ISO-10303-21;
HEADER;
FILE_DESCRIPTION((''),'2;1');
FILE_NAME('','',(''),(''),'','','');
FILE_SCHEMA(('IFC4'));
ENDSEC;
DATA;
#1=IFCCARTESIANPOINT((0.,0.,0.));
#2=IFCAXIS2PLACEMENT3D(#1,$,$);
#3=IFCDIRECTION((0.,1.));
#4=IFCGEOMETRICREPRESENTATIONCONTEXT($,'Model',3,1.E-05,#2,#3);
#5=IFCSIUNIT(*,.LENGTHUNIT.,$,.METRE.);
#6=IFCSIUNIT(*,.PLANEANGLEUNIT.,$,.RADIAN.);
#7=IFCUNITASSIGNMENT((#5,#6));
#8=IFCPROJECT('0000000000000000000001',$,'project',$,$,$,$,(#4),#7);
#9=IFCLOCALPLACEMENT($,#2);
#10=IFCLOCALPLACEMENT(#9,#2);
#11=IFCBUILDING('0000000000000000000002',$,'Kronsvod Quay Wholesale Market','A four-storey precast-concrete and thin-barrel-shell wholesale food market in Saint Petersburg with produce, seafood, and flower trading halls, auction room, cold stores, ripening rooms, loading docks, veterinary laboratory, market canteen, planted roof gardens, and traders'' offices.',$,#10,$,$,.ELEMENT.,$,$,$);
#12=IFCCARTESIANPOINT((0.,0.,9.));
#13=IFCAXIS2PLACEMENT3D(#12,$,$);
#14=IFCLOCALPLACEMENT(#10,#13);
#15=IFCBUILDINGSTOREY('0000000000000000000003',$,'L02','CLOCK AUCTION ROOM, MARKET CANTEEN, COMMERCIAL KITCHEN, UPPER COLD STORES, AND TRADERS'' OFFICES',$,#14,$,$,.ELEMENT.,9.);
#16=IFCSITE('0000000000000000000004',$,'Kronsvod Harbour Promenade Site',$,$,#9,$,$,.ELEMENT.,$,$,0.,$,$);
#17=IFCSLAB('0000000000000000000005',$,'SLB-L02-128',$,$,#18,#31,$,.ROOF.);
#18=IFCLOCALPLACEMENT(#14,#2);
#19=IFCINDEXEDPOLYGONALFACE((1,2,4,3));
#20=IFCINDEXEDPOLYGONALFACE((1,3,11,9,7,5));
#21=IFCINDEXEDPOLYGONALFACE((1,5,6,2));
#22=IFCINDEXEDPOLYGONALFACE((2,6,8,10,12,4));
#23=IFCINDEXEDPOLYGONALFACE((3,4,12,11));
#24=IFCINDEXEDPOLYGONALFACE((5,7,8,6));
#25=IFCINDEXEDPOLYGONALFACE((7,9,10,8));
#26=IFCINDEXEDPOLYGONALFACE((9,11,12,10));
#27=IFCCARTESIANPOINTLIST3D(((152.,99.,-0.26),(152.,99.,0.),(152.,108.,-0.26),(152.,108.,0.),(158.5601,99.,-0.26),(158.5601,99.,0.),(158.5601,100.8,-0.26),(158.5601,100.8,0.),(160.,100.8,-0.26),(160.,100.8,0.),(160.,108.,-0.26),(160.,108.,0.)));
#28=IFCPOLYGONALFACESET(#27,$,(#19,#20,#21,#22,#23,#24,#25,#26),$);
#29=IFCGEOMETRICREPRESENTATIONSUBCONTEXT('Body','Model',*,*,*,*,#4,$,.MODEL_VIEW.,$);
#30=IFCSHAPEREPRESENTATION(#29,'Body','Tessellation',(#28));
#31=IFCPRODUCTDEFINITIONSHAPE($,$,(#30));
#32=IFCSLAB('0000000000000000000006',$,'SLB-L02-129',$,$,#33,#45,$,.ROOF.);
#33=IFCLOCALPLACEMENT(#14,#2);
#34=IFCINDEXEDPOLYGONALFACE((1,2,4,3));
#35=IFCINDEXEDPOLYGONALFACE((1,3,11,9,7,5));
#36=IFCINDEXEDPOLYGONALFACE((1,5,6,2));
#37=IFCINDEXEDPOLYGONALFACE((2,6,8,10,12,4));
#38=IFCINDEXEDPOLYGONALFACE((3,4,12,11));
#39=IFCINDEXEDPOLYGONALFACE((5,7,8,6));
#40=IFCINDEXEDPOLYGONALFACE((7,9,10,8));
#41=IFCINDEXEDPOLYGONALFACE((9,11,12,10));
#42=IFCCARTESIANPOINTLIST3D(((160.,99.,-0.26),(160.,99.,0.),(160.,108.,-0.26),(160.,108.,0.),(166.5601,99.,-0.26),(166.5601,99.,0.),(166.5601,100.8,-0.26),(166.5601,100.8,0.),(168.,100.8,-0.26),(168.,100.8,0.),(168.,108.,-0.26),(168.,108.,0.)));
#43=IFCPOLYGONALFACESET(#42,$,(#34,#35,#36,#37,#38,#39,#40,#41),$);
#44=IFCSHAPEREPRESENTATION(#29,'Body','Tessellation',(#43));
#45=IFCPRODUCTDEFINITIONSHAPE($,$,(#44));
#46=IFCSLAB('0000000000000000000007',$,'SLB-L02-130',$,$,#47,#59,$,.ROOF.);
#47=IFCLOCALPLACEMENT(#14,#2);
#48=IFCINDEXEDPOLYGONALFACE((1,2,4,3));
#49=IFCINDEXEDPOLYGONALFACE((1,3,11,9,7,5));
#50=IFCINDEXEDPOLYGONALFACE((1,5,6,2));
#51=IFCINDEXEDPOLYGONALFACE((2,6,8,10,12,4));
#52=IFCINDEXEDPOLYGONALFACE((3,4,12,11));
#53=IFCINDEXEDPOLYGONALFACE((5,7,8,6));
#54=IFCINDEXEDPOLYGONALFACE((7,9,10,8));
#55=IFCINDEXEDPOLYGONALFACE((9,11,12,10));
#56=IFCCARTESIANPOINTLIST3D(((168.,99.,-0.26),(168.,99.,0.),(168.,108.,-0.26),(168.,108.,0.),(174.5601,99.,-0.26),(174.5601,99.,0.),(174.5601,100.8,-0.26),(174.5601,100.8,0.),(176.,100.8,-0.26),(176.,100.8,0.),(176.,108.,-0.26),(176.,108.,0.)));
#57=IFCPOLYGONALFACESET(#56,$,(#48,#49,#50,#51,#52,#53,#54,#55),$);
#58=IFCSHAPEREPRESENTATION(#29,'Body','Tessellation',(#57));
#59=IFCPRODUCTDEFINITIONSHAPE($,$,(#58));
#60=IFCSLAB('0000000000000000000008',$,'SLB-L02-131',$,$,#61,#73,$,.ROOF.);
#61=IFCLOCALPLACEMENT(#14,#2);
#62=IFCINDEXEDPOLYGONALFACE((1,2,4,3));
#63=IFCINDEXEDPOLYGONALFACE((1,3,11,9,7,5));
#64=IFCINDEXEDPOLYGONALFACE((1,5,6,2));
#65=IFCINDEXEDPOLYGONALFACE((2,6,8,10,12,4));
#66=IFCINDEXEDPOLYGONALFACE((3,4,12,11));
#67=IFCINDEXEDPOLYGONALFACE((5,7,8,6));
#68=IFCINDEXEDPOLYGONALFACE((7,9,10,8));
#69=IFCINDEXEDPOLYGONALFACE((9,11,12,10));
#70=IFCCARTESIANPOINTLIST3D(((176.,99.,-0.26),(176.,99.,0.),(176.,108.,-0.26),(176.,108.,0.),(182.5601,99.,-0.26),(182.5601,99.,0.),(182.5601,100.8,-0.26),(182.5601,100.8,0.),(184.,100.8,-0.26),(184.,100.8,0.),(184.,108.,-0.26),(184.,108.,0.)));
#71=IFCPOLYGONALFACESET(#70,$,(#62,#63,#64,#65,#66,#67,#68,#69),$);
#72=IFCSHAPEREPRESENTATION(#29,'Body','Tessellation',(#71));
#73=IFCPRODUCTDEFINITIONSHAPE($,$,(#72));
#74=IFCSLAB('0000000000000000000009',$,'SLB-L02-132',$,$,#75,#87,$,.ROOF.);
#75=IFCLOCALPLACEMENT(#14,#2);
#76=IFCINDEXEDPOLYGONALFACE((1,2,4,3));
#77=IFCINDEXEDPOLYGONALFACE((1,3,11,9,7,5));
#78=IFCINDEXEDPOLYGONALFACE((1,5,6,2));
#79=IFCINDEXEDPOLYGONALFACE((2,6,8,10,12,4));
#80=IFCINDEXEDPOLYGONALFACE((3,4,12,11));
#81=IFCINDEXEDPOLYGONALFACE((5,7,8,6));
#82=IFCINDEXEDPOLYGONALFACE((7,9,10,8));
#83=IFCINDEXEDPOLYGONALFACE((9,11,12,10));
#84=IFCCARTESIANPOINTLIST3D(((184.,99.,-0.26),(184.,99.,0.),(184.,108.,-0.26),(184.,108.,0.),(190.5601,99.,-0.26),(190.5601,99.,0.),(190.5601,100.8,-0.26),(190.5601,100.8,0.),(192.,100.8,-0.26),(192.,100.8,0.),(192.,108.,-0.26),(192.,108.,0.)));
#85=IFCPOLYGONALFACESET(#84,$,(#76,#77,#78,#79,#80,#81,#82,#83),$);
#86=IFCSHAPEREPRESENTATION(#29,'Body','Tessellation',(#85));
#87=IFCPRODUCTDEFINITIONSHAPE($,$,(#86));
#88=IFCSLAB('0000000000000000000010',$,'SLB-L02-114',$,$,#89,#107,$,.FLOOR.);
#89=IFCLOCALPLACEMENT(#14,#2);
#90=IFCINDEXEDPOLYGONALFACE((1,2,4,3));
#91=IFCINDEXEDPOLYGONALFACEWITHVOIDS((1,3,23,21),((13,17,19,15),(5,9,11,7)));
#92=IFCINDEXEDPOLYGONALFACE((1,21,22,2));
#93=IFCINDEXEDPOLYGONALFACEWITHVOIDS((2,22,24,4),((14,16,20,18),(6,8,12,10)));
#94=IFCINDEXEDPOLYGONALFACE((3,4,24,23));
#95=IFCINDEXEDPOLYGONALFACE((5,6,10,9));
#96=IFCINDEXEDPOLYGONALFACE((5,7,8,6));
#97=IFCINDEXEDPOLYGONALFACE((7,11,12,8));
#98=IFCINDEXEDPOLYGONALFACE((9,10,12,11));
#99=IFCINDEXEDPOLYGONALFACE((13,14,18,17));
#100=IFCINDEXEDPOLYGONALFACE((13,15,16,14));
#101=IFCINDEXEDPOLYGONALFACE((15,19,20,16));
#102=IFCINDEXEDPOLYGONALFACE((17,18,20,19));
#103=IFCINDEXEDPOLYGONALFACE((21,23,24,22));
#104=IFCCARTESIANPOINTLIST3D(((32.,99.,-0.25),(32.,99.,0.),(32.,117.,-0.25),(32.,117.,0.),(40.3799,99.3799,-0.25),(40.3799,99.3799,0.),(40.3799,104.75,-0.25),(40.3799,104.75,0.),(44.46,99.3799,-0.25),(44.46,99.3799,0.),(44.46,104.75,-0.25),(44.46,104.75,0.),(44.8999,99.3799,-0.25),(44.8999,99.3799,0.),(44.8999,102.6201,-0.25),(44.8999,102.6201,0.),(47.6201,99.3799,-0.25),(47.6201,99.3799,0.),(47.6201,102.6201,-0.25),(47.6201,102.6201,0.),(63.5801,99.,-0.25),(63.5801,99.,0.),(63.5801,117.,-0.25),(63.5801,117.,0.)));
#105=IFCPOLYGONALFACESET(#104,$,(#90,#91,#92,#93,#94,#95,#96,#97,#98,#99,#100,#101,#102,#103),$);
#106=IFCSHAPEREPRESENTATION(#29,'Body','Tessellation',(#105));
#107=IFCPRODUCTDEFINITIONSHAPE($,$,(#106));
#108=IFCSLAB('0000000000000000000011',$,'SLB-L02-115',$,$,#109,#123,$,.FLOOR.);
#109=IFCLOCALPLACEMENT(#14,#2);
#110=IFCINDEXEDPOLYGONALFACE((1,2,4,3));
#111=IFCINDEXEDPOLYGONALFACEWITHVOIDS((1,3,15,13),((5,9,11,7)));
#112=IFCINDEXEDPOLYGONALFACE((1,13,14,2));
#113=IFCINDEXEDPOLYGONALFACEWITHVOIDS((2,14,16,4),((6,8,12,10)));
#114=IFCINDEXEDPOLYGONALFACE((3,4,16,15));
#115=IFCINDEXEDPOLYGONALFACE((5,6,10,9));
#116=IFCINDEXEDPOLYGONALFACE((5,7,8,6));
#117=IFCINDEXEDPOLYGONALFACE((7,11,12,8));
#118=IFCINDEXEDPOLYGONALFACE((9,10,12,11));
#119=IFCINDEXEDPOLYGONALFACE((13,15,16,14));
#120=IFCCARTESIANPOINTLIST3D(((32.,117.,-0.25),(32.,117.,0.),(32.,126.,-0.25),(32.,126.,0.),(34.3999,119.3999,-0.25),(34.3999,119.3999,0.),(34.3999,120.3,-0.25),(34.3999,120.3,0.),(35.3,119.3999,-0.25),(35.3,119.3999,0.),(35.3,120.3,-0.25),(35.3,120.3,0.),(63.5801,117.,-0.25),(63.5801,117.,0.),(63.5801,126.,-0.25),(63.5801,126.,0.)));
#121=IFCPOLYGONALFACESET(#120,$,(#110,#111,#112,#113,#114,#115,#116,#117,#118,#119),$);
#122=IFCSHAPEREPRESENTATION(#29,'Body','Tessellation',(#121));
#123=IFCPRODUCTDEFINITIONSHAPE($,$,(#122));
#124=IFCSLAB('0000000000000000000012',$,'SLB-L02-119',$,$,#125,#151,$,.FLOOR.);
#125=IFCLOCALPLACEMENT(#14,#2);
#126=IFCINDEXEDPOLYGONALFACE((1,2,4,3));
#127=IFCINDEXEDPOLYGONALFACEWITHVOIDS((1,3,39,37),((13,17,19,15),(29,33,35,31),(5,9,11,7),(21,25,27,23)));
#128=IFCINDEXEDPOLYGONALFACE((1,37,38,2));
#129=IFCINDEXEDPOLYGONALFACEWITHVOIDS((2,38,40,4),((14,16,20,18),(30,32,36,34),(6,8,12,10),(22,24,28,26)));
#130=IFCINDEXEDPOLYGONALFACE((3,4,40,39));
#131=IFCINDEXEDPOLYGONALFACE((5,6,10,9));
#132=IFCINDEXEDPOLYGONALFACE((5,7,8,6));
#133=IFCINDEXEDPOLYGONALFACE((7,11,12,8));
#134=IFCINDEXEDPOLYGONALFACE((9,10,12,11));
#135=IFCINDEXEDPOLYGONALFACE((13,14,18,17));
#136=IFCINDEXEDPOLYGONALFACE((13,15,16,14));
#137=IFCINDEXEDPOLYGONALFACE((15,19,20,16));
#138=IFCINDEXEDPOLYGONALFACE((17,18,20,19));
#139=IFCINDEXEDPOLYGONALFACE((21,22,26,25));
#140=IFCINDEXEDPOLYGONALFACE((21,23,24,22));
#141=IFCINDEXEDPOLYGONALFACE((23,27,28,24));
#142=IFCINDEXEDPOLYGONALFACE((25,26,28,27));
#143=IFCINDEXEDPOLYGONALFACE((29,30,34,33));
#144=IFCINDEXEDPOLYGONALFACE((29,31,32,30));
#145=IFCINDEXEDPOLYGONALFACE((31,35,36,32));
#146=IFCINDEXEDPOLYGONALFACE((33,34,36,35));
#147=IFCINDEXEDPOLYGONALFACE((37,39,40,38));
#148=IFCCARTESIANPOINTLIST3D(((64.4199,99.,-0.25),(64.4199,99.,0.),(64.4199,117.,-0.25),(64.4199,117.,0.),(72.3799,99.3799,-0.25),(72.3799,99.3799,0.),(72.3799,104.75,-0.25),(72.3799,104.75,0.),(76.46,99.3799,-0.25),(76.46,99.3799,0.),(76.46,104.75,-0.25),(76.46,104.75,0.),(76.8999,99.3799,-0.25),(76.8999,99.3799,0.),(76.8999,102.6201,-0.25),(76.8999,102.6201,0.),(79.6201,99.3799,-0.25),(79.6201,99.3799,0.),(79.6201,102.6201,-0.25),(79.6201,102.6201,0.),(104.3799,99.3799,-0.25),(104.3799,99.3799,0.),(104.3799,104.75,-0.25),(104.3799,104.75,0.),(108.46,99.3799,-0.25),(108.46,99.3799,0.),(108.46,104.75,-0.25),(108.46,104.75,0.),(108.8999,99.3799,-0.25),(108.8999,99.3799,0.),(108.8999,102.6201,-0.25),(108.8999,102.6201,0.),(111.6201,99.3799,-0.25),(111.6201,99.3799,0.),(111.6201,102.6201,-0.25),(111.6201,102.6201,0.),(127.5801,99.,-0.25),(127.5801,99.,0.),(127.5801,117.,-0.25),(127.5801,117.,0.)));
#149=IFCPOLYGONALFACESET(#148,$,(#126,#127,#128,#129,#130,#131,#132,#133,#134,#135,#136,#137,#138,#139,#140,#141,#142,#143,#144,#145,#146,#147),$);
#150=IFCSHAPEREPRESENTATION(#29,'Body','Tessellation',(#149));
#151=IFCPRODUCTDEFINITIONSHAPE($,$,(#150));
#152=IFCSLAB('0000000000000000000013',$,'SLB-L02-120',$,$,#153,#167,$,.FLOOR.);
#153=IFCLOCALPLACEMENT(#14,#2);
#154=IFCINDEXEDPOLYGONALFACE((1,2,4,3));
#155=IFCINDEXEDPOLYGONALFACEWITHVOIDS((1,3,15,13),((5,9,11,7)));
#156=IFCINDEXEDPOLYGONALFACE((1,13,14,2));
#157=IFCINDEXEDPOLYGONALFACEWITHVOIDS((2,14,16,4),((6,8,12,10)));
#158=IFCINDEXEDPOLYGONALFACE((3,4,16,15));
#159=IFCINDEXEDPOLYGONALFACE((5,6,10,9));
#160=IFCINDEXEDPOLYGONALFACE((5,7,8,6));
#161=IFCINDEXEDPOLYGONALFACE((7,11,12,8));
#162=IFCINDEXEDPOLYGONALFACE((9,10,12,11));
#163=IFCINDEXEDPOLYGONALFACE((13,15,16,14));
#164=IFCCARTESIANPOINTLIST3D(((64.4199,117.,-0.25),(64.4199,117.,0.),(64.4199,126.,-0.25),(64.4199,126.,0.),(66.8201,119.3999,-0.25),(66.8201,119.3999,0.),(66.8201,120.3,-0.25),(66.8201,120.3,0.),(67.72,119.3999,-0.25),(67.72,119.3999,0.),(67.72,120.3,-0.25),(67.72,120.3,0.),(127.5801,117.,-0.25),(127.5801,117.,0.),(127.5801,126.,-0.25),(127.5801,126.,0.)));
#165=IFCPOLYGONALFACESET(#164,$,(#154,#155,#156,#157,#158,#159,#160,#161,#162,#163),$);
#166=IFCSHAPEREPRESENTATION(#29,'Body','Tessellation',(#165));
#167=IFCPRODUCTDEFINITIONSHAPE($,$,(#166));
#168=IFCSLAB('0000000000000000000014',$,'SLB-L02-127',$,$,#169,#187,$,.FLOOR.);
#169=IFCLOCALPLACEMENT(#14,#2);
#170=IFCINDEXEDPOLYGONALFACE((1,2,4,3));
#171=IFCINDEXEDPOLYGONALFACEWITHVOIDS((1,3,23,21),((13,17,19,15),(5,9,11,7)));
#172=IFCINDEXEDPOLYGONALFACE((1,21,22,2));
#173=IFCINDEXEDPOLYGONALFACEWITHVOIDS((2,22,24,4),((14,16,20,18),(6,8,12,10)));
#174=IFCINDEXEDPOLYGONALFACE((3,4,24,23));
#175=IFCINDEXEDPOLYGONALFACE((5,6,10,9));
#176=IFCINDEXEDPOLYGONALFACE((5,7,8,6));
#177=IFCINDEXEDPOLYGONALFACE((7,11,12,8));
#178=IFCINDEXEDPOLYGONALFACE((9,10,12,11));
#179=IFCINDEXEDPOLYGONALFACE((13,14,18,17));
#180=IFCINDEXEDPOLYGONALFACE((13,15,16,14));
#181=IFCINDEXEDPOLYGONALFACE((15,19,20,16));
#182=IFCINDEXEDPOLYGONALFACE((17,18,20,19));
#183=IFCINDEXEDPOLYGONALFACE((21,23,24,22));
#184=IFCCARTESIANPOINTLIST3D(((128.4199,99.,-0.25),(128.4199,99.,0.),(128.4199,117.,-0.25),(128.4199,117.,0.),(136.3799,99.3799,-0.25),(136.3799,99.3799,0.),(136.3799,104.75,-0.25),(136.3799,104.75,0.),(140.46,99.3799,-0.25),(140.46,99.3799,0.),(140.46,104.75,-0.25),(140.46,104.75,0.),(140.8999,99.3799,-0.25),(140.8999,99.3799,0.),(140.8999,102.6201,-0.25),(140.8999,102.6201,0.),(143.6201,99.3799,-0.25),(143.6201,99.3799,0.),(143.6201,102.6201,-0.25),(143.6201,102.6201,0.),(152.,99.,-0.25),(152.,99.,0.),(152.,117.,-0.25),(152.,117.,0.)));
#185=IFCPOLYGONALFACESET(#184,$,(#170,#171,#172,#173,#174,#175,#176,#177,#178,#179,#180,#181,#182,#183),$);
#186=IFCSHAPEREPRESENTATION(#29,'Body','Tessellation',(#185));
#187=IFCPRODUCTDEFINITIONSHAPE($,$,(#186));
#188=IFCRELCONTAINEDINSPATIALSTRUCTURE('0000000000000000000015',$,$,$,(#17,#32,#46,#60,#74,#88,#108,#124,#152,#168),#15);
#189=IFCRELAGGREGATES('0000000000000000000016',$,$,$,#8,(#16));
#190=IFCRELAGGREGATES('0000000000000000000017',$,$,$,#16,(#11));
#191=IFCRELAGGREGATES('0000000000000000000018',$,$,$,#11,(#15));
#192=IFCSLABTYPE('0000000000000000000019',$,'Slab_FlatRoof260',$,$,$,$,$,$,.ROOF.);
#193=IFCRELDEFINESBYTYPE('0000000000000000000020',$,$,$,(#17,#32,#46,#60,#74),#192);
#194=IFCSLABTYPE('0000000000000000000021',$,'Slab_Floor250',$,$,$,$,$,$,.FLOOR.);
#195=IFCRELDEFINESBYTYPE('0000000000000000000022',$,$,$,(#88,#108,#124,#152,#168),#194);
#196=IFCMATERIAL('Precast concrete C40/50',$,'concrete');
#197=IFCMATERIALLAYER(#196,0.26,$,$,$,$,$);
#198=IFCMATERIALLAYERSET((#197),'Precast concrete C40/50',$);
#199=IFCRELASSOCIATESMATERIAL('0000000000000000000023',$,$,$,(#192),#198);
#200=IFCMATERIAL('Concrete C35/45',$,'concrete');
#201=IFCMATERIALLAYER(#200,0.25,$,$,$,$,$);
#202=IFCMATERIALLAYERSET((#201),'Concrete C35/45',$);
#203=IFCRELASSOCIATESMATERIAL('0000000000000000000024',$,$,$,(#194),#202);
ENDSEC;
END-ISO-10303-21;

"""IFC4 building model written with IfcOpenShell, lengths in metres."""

from ifc_helpers import new_model, si_unit, direction, frame, origin, place, context, subcontext, project, spatial, polyline, outline, extrude, material, layer, layer_set, type_object, element, save


model = new_model("IFC4")

# Units and contexts
model_context = context("Model", 3, precision=1e-05, world=origin(), true_north=direction((0.0, 1.0)))
body_context = subcontext(model_context, "Body", "Model", "MODEL_VIEW")
ifc_project = project(units=[si_unit("LENGTHUNIT", "METRE"), si_unit("PLANEANGLEUNIT", "RADIAN")], contexts=[model_context])

# Site, building, storey
site_placement = place(None, origin())
site = spatial("IfcSite", under=ifc_project, at=site_placement, Name="Kronsvod Harbour Promenade Site", CompositionType="ELEMENT", RefElevation=0.0)
building_placement = place(site_placement, origin())
building = spatial("IfcBuilding", under=site, at=building_placement, Name="Kronsvod Quay Wholesale Market", Description="A four-storey precast-concrete and thin-barrel-shell wholesale food market in Saint Petersburg with produce, seafood, and flower trading halls, auction room, cold stores, ripening rooms, loading docks, veterinary laboratory, market canteen, planted roof gardens, and traders' offices.", CompositionType="ELEMENT")
storey_placement = place(building_placement, frame((0.0, 0.0, 9.0)))
storey = spatial("IfcBuildingStorey", under=building, at=storey_placement, Name="L02", Description="CLOCK AUCTION ROOM, MARKET CANTEEN, COMMERCIAL KITCHEN, UPPER COLD STORES, AND TRADERS' OFFICES", CompositionType="ELEMENT", Elevation=9.0)

# Slabs
ifc_material_1 = material(Name="Precast concrete C40/50", Category="concrete")
ifc_layer_1 = layer(ifc_material_1, 0.26)
ifc_layer_set_1 = layer_set([ifc_layer_1], Name="Precast concrete C40/50")
slab_type_1 = type_object("IfcSlabType", Name="Slab_FlatRoof260", PredefinedType="ROOF", material=ifc_layer_set_1)
slab_1_placement = place(storey_placement, frame((0.0, 0.0, -0.26)))
element("IfcSlab", 1, at=slab_1_placement, inside=storey, type_object=slab_type_1, Name="SLB-L02-128", PredefinedType="ROOF", context=body_context, shape_type="SweptSolid", body=[
    extrude(outline(polyline([(152.0, 99.0), (158.5601, 99.0), (158.5601, 100.8), (160.0, 100.8), (160.0, 108.0), (152.0, 108.0), (152.0, 99.0)])), origin(), (0.0, 0.0, 1.0), 0.26),
])
slab_2_placement = place(storey_placement, frame((0.0, 0.0, -0.26)))
element("IfcSlab", 2, at=slab_2_placement, inside=storey, type_object=slab_type_1, Name="SLB-L02-129", PredefinedType="ROOF", context=body_context, shape_type="SweptSolid", body=[
    extrude(outline(polyline([(160.0, 99.0), (166.5601, 99.0), (166.5601, 100.8), (168.0, 100.8), (168.0, 108.0), (160.0, 108.0), (160.0, 99.0)])), origin(), (0.0, 0.0, 1.0), 0.26),
])
slab_3_placement = place(storey_placement, frame((0.0, 0.0, -0.26)))
element("IfcSlab", 3, at=slab_3_placement, inside=storey, type_object=slab_type_1, Name="SLB-L02-130", PredefinedType="ROOF", context=body_context, shape_type="SweptSolid", body=[
    extrude(outline(polyline([(168.0, 99.0), (174.5601, 99.0), (174.5601, 100.8), (176.0, 100.8), (176.0, 108.0), (168.0, 108.0), (168.0, 99.0)])), origin(), (0.0, 0.0, 1.0), 0.26),
])
slab_4_placement = place(storey_placement, frame((0.0, 0.0, -0.26)))
element("IfcSlab", 4, at=slab_4_placement, inside=storey, type_object=slab_type_1, Name="SLB-L02-131", PredefinedType="ROOF", context=body_context, shape_type="SweptSolid", body=[
    extrude(outline(polyline([(176.0, 99.0), (182.5601, 99.0), (182.5601, 100.8), (184.0, 100.8), (184.0, 108.0), (176.0, 108.0), (176.0, 99.0)])), origin(), (0.0, 0.0, 1.0), 0.26),
])
slab_5_placement = place(storey_placement, frame((0.0, 0.0, -0.26)))
element("IfcSlab", 5, at=slab_5_placement, inside=storey, type_object=slab_type_1, Name="SLB-L02-132", PredefinedType="ROOF", context=body_context, shape_type="SweptSolid", body=[
    extrude(outline(polyline([(184.0, 99.0), (190.5601, 99.0), (190.5601, 100.8), (192.0, 100.8), (192.0, 108.0), (184.0, 108.0), (184.0, 99.0)])), origin(), (0.0, 0.0, 1.0), 0.26),
])
ifc_material_2 = material(Name="Concrete C35/45", Category="concrete")
ifc_layer_2 = layer(ifc_material_2, 0.25)
ifc_layer_set_2 = layer_set([ifc_layer_2], Name="Concrete C35/45")
slab_type_2 = type_object("IfcSlabType", Name="Slab_Floor250", PredefinedType="FLOOR", material=ifc_layer_set_2)
slab_6_placement = place(storey_placement, frame((0.0, 0.0, -0.25)))
element("IfcSlab", 6, at=slab_6_placement, inside=storey, type_object=slab_type_2, Name="SLB-L02-114", PredefinedType="FLOOR", context=body_context, shape_type="SweptSolid", body=[
    extrude(outline(polyline([(32.0, 99.0), (63.5801, 99.0), (63.5801, 117.0), (32.0, 117.0), (32.0, 99.0)]), holes=[polyline([(40.3799, 99.3799), (44.46, 99.3799), (44.46, 104.75), (40.3799, 104.75), (40.3799, 99.3799)]), polyline([(44.8999, 99.3799), (47.6201, 99.3799), (47.6201, 102.6201), (44.8999, 102.6201), (44.8999, 99.3799)])]), origin(), (0.0, 0.0, 1.0), 0.25),
])
slab_7_placement = place(storey_placement, frame((0.0, 0.0, -0.25)))
element("IfcSlab", 7, at=slab_7_placement, inside=storey, type_object=slab_type_2, Name="SLB-L02-115", PredefinedType="FLOOR", context=body_context, shape_type="SweptSolid", body=[
    extrude(outline(polyline([(32.0, 117.0), (63.5801, 117.0), (63.5801, 126.0), (32.0, 126.0), (32.0, 117.0)]), holes=[polyline([(34.3999, 119.3999), (35.3, 119.3999), (35.3, 120.3), (34.3999, 120.3), (34.3999, 119.3999)])]), origin(), (0.0, 0.0, 1.0), 0.25),
])
slab_8_placement = place(storey_placement, frame((0.0, 0.0, -0.25)))
element("IfcSlab", 8, at=slab_8_placement, inside=storey, type_object=slab_type_2, Name="SLB-L02-119", PredefinedType="FLOOR", context=body_context, shape_type="SweptSolid", body=[
    extrude(outline(polyline([(64.4199, 99.0), (127.5801, 99.0), (127.5801, 117.0), (64.4199, 117.0), (64.4199, 99.0)]), holes=[polyline([(72.3799, 99.3799), (76.46, 99.3799), (76.46, 104.75), (72.3799, 104.75), (72.3799, 99.3799)]), polyline([(76.8999, 99.3799), (79.6201, 99.3799), (79.6201, 102.6201), (76.8999, 102.6201), (76.8999, 99.3799)]), polyline([(104.3799, 99.3799), (108.46, 99.3799), (108.46, 104.75), (104.3799, 104.75), (104.3799, 99.3799)]), polyline([(108.8999, 99.3799), (111.6201, 99.3799), (111.6201, 102.6201), (108.8999, 102.6201), (108.8999, 99.3799)])]), origin(), (0.0, 0.0, 1.0), 0.25),
])
slab_9_placement = place(storey_placement, frame((0.0, 0.0, -0.25)))
element("IfcSlab", 9, at=slab_9_placement, inside=storey, type_object=slab_type_2, Name="SLB-L02-120", PredefinedType="FLOOR", context=body_context, shape_type="SweptSolid", body=[
    extrude(outline(polyline([(64.4199, 117.0), (127.5801, 117.0), (127.5801, 126.0), (64.4199, 126.0), (64.4199, 117.0)]), holes=[polyline([(66.8201, 119.3999), (67.72, 119.3999), (67.72, 120.3), (66.8201, 120.3), (66.8201, 119.3999)])]), origin(), (0.0, 0.0, 1.0), 0.25),
])
slab_10_placement = place(storey_placement, frame((0.0, 0.0, -0.25)))
element("IfcSlab", 10, at=slab_10_placement, inside=storey, type_object=slab_type_2, Name="SLB-L02-127", PredefinedType="FLOOR", context=body_context, shape_type="SweptSolid", body=[
    extrude(outline(polyline([(128.4199, 99.0), (152.0, 99.0), (152.0, 117.0), (128.4199, 117.0), (128.4199, 99.0)]), holes=[polyline([(136.3799, 99.3799), (140.46, 99.3799), (140.46, 104.75), (136.3799, 104.75), (136.3799, 99.3799)]), polyline([(140.8999, 99.3799), (143.6201, 99.3799), (143.6201, 102.6201), (140.8999, 102.6201), (140.8999, 99.3799)])]), origin(), (0.0, 0.0, 1.0), 0.25),
])

save(model, "model.ifc")
